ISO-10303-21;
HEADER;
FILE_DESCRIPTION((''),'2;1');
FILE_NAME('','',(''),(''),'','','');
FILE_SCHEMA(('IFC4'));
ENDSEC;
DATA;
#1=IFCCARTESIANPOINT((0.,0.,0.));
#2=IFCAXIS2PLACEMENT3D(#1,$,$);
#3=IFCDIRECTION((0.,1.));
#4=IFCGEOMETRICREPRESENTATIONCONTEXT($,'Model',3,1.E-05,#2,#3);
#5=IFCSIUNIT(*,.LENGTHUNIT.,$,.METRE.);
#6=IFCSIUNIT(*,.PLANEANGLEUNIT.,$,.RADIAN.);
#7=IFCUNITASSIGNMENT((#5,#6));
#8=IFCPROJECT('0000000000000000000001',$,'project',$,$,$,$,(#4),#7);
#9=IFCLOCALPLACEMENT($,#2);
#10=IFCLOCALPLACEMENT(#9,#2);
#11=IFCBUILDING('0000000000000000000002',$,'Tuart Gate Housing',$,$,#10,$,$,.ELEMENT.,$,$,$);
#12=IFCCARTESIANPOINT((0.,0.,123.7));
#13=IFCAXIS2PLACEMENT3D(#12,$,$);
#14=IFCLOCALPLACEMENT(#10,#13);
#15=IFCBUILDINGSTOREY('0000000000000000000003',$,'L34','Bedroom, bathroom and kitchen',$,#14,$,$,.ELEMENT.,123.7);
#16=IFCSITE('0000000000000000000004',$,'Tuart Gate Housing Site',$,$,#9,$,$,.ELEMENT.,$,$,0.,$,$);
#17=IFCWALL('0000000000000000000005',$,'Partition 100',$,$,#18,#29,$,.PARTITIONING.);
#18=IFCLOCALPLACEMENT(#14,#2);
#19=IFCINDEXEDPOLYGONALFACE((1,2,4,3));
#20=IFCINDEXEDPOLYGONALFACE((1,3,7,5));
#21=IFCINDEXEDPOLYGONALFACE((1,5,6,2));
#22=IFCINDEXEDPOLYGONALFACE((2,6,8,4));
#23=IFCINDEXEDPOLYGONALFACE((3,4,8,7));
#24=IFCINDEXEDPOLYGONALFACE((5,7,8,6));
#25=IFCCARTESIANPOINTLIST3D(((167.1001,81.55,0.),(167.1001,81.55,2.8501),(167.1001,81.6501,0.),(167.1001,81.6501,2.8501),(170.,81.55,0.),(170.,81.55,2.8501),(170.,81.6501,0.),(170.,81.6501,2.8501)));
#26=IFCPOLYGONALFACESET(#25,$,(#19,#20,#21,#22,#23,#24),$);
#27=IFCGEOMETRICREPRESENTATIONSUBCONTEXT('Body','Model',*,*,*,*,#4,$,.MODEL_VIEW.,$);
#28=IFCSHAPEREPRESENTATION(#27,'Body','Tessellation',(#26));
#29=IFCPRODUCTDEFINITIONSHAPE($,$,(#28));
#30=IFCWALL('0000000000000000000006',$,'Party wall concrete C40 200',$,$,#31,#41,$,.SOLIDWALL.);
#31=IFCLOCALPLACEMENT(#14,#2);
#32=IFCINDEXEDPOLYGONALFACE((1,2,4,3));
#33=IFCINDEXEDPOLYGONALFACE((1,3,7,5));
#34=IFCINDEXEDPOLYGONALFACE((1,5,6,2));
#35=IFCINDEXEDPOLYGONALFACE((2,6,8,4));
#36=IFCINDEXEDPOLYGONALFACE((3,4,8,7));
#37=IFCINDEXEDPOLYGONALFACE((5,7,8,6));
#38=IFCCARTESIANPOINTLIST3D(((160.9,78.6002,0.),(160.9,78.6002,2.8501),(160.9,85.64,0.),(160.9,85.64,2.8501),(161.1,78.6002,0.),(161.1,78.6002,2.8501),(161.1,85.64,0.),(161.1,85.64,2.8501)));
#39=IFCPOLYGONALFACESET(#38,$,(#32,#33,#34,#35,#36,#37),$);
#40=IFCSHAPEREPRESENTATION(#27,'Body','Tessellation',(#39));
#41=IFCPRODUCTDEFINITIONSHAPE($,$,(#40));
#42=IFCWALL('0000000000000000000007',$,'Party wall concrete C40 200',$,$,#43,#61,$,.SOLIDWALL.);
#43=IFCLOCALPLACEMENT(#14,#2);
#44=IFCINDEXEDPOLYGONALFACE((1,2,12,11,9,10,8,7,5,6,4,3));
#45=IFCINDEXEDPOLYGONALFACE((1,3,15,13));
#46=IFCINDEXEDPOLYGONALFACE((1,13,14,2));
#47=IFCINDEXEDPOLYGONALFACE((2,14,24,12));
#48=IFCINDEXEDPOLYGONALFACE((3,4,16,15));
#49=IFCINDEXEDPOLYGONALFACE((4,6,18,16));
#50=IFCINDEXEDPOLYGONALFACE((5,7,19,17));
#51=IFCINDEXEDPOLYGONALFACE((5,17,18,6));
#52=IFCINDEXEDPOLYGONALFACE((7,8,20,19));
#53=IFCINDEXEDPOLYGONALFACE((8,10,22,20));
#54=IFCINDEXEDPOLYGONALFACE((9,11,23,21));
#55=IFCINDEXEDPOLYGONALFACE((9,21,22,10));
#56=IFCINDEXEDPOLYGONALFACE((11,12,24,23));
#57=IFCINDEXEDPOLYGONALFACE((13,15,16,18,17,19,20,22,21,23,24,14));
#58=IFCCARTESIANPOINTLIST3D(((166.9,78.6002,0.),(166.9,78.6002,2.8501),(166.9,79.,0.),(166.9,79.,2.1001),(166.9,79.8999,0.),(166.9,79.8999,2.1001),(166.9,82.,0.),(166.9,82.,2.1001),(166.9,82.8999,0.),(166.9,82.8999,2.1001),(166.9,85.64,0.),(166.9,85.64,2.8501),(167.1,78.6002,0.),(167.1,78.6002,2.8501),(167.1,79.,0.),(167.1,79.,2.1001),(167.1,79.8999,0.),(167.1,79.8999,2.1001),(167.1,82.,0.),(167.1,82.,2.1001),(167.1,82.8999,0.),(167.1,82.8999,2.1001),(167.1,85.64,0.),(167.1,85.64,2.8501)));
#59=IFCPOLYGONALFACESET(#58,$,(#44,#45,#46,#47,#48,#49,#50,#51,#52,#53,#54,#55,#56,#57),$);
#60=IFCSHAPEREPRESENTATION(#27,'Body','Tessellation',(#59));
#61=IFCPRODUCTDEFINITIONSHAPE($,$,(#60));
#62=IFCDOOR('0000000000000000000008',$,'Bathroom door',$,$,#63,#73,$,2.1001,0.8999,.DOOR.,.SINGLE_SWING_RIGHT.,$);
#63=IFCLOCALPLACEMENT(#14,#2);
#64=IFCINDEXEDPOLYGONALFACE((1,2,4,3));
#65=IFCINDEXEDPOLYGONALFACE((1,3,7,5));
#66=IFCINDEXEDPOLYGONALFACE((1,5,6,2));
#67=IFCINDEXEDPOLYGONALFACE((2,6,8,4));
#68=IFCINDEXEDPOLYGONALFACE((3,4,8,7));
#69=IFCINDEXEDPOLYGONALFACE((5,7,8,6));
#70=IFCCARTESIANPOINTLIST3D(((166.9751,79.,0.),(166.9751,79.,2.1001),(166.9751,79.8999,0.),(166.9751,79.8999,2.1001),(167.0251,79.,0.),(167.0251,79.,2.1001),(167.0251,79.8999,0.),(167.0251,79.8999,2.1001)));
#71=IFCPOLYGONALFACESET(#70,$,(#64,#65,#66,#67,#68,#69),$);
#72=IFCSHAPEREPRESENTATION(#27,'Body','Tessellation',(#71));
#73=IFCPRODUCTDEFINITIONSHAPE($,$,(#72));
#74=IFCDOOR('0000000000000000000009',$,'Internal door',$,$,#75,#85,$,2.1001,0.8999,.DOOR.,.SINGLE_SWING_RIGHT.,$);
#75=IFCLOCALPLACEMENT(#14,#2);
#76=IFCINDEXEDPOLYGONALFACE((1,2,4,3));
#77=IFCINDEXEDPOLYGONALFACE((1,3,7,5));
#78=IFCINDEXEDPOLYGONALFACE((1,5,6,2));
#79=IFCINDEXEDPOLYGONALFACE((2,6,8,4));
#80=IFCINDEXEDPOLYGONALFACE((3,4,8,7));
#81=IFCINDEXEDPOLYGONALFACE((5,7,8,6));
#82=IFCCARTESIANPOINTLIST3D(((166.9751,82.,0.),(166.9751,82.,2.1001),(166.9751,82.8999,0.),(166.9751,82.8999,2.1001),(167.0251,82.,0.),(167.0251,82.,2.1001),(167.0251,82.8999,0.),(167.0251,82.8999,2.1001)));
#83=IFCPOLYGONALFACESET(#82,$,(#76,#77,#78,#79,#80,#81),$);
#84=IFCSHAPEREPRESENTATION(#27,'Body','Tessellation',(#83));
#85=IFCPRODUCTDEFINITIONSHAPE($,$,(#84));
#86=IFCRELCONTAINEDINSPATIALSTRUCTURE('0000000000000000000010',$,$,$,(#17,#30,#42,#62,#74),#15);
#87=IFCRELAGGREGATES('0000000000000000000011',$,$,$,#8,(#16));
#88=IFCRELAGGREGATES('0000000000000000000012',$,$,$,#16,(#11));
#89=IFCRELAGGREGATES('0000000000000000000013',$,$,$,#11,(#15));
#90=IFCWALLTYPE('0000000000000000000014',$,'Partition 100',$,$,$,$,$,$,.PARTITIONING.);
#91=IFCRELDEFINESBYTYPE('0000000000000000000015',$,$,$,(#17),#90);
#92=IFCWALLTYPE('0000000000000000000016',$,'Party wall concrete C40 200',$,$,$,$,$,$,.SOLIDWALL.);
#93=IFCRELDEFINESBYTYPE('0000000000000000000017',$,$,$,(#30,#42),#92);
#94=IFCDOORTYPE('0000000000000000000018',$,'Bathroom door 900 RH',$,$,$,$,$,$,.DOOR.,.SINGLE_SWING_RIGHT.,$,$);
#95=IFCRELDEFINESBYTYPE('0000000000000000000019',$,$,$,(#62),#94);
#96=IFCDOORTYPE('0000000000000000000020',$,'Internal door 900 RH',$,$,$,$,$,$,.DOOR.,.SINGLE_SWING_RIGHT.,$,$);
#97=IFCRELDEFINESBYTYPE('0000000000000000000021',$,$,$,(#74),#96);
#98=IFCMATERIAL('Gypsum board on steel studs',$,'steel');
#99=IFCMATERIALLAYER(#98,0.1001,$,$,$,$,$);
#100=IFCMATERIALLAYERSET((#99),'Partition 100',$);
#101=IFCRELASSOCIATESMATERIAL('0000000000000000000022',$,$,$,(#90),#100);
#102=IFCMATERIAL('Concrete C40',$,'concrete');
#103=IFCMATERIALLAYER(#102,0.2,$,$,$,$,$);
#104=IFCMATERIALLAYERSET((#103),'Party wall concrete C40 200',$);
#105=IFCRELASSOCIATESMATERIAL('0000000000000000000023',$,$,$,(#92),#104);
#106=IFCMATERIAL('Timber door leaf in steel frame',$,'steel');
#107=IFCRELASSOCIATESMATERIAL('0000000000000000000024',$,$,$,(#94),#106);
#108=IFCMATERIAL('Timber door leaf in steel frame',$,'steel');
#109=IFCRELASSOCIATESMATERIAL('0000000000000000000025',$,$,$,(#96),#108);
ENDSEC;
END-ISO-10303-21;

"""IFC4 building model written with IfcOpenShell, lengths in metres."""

from ifc_helpers import new_model, si_unit, direction, frame, frame_2d, origin, place, context, subcontext, project, spatial, rectangle, extrude, material, layer, layer_set, type_object, element, fill, save


model = new_model("IFC4")

# Units and contexts
model_context = context("Model", 3, precision=1e-05, world=origin(), true_north=direction((0.0, 1.0)))
body_context = subcontext(model_context, "Body", "Model", "MODEL_VIEW")
ifc_project = project(units=[si_unit("LENGTHUNIT", "METRE"), si_unit("PLANEANGLEUNIT", "RADIAN")], contexts=[model_context])

# Site, building, storey
site_placement = place(None, origin())
site = spatial("IfcSite", under=ifc_project, at=site_placement, Name="Tuart Gate Housing Site", CompositionType="ELEMENT", RefElevation=0.0)
building_placement = place(site_placement, origin())
building = spatial("IfcBuilding", under=site, at=building_placement, Name="Tuart Gate Housing", CompositionType="ELEMENT")
storey_placement = place(building_placement, frame((0.0, 0.0, 123.7)))
storey = spatial("IfcBuildingStorey", under=building, at=storey_placement, Name="L34", Description="Bedroom, bathroom and kitchen", CompositionType="ELEMENT", Elevation=123.7)

# Walls
ifc_material_1 = material(Name="Gypsum board on steel studs", Category="steel")
ifc_layer_1 = layer(ifc_material_1, 0.1001)
ifc_layer_set_1 = layer_set([ifc_layer_1], Name="Partition 100")
wall_type_1 = type_object("IfcWallType", Name="Partition 100", PredefinedType="PARTITIONING", material=ifc_layer_set_1)
wall_1_placement = place(storey_placement, frame((167.1001, 81.6001, 0.0), z_axis=(0.0, 0.0, 1.0), x_axis=(1.0, 0.0, 0.0)))
element("IfcWall", 1, at=wall_1_placement, inside=storey, type_object=wall_type_1, Name="Partition 100", PredefinedType="PARTITIONING", context=body_context, shape_type="SweptSolid", body=[
    extrude(rectangle(XDim=2.8999, YDim=0.1001, at=frame_2d((1.45, 0.0))), origin(), (0.0, 0.0, 1.0), 2.8501),
])
ifc_material_2 = material(Name="Concrete C40", Category="concrete")
ifc_layer_2 = layer(ifc_material_2, 0.2)
ifc_layer_set_2 = layer_set([ifc_layer_2], Name="Party wall concrete C40 200")
wall_type_2 = type_object("IfcWallType", Name="Party wall concrete C40 200", PredefinedType="SOLIDWALL", material=ifc_layer_set_2)
wall_2_placement = place(storey_placement, frame((161.0, 78.6001, 0.0), z_axis=(0.0, 0.0, 1.0), x_axis=(0.0, 1.0, 0.0)))
element("IfcWall", 2, at=wall_2_placement, inside=storey, type_object=wall_type_2, Name="Party wall concrete C40 200", PredefinedType="SOLIDWALL", context=body_context, shape_type="SweptSolid", body=[
    extrude(rectangle(XDim=7.0398, YDim=0.2, at=frame_2d((3.52, 0.0))), origin(), (0.0, 0.0, 1.0), 2.8501),
])

# Wall, openings, doors
wall_3_placement = place(storey_placement, frame((167.0, 78.6001, 0.0), z_axis=(0.0, 0.0, 1.0), x_axis=(0.0, 1.0, 0.0)))
wall_3 = element("IfcWall", 3, at=wall_3_placement, inside=storey, type_object=wall_type_2, Name="Party wall concrete C40 200", PredefinedType="SOLIDWALL", context=body_context, shape_type="SweptSolid", body=[
    extrude(rectangle(XDim=7.0398, YDim=0.2, at=frame_2d((3.52, 0.0))), origin(), (0.0, 0.0, 1.0), 2.8501),
])
opening_1_placement = place(wall_3_placement, frame((3.3999, 0.0, 0.0)))
opening_1 = element("IfcOpeningElement", 4, at=opening_1_placement, cuts=wall_3, PredefinedType="OPENING", context=body_context, shape_type="SweptSolid", body=[
    extrude(rectangle(XDim=0.8999, YDim=2.1001, at=frame_2d((0.45, 1.05))), frame((0.0, 0.1099, 0.0), z_axis=(0.0, -1.0, 0.0), x_axis=(1.0, 0.0, 0.0)), (0.0, 0.0, 1.0), 0.22),
])
opening_2_placement = place(wall_3_placement, frame((0.3999, 0.0, 0.0)))
opening_2 = element("IfcOpeningElement", 5, at=opening_2_placement, cuts=wall_3, PredefinedType="OPENING", context=body_context, shape_type="SweptSolid", body=[
    extrude(rectangle(XDim=0.8999, YDim=2.1001, at=frame_2d((0.45, 1.05))), frame((0.0, 0.1099, 0.0), z_axis=(0.0, -1.0, 0.0), x_axis=(1.0, 0.0, 0.0)), (0.0, 0.0, 1.0), 0.22),
])
ifc_material_3 = material(Name="Timber door leaf in steel frame", Category="steel")
door_type_1 = type_object("IfcDoorType", Name="Bathroom door 900 RH", OperationType="SINGLE_SWING_RIGHT", PredefinedType="DOOR", material=ifc_material_3)
door_1_placement = place(opening_2_placement, frame((0.8999, 0.0, 0.0), z_axis=(0.0, 0.0, 1.0), x_axis=(-1.0, 0.0, 0.0)))
door_1 = element("IfcDoor", 6, at=door_1_placement, inside=storey, type_object=door_type_1, Name="Bathroom door", OperationType="SINGLE_SWING_RIGHT", OverallHeight=2.1001, OverallWidth=0.8999, PredefinedType="DOOR", context=body_context, shape_type="SweptSolid", body=[
    extrude(rectangle(XDim=0.8999, YDim=2.1001, at=frame_2d((0.45, 1.05))), frame((0.0, 0.0251, 0.0), z_axis=(0.0, -1.0, 0.0), x_axis=(1.0, 0.0, 0.0)), (0.0, 0.0, 1.0), 0.05),
])
fill(opening_2, door_1)
ifc_material_4 = material(Name="Timber door leaf in steel frame", Category="steel")
door_type_2 = type_object("IfcDoorType", Name="Internal door 900 RH", OperationType="SINGLE_SWING_RIGHT", PredefinedType="DOOR", material=ifc_material_4)
door_2_placement = place(opening_1_placement, frame((0.8999, 0.0, 0.0), z_axis=(0.0, 0.0, 1.0), x_axis=(-1.0, 0.0, 0.0)))
door_2 = element("IfcDoor", 7, at=door_2_placement, inside=storey, type_object=door_type_2, Name="Internal door", OperationType="SINGLE_SWING_RIGHT", OverallHeight=2.1001, OverallWidth=0.8999, PredefinedType="DOOR", context=body_context, shape_type="SweptSolid", body=[
    extrude(rectangle(XDim=0.8999, YDim=2.1001, at=frame_2d((0.45, 1.05))), frame((0.0, 0.0251, 0.0), z_axis=(0.0, -1.0, 0.0), x_axis=(1.0, 0.0, 0.0)), (0.0, 0.0, 1.0), 0.05),
])
fill(opening_1, door_2)

save(model, "model.ifc")
